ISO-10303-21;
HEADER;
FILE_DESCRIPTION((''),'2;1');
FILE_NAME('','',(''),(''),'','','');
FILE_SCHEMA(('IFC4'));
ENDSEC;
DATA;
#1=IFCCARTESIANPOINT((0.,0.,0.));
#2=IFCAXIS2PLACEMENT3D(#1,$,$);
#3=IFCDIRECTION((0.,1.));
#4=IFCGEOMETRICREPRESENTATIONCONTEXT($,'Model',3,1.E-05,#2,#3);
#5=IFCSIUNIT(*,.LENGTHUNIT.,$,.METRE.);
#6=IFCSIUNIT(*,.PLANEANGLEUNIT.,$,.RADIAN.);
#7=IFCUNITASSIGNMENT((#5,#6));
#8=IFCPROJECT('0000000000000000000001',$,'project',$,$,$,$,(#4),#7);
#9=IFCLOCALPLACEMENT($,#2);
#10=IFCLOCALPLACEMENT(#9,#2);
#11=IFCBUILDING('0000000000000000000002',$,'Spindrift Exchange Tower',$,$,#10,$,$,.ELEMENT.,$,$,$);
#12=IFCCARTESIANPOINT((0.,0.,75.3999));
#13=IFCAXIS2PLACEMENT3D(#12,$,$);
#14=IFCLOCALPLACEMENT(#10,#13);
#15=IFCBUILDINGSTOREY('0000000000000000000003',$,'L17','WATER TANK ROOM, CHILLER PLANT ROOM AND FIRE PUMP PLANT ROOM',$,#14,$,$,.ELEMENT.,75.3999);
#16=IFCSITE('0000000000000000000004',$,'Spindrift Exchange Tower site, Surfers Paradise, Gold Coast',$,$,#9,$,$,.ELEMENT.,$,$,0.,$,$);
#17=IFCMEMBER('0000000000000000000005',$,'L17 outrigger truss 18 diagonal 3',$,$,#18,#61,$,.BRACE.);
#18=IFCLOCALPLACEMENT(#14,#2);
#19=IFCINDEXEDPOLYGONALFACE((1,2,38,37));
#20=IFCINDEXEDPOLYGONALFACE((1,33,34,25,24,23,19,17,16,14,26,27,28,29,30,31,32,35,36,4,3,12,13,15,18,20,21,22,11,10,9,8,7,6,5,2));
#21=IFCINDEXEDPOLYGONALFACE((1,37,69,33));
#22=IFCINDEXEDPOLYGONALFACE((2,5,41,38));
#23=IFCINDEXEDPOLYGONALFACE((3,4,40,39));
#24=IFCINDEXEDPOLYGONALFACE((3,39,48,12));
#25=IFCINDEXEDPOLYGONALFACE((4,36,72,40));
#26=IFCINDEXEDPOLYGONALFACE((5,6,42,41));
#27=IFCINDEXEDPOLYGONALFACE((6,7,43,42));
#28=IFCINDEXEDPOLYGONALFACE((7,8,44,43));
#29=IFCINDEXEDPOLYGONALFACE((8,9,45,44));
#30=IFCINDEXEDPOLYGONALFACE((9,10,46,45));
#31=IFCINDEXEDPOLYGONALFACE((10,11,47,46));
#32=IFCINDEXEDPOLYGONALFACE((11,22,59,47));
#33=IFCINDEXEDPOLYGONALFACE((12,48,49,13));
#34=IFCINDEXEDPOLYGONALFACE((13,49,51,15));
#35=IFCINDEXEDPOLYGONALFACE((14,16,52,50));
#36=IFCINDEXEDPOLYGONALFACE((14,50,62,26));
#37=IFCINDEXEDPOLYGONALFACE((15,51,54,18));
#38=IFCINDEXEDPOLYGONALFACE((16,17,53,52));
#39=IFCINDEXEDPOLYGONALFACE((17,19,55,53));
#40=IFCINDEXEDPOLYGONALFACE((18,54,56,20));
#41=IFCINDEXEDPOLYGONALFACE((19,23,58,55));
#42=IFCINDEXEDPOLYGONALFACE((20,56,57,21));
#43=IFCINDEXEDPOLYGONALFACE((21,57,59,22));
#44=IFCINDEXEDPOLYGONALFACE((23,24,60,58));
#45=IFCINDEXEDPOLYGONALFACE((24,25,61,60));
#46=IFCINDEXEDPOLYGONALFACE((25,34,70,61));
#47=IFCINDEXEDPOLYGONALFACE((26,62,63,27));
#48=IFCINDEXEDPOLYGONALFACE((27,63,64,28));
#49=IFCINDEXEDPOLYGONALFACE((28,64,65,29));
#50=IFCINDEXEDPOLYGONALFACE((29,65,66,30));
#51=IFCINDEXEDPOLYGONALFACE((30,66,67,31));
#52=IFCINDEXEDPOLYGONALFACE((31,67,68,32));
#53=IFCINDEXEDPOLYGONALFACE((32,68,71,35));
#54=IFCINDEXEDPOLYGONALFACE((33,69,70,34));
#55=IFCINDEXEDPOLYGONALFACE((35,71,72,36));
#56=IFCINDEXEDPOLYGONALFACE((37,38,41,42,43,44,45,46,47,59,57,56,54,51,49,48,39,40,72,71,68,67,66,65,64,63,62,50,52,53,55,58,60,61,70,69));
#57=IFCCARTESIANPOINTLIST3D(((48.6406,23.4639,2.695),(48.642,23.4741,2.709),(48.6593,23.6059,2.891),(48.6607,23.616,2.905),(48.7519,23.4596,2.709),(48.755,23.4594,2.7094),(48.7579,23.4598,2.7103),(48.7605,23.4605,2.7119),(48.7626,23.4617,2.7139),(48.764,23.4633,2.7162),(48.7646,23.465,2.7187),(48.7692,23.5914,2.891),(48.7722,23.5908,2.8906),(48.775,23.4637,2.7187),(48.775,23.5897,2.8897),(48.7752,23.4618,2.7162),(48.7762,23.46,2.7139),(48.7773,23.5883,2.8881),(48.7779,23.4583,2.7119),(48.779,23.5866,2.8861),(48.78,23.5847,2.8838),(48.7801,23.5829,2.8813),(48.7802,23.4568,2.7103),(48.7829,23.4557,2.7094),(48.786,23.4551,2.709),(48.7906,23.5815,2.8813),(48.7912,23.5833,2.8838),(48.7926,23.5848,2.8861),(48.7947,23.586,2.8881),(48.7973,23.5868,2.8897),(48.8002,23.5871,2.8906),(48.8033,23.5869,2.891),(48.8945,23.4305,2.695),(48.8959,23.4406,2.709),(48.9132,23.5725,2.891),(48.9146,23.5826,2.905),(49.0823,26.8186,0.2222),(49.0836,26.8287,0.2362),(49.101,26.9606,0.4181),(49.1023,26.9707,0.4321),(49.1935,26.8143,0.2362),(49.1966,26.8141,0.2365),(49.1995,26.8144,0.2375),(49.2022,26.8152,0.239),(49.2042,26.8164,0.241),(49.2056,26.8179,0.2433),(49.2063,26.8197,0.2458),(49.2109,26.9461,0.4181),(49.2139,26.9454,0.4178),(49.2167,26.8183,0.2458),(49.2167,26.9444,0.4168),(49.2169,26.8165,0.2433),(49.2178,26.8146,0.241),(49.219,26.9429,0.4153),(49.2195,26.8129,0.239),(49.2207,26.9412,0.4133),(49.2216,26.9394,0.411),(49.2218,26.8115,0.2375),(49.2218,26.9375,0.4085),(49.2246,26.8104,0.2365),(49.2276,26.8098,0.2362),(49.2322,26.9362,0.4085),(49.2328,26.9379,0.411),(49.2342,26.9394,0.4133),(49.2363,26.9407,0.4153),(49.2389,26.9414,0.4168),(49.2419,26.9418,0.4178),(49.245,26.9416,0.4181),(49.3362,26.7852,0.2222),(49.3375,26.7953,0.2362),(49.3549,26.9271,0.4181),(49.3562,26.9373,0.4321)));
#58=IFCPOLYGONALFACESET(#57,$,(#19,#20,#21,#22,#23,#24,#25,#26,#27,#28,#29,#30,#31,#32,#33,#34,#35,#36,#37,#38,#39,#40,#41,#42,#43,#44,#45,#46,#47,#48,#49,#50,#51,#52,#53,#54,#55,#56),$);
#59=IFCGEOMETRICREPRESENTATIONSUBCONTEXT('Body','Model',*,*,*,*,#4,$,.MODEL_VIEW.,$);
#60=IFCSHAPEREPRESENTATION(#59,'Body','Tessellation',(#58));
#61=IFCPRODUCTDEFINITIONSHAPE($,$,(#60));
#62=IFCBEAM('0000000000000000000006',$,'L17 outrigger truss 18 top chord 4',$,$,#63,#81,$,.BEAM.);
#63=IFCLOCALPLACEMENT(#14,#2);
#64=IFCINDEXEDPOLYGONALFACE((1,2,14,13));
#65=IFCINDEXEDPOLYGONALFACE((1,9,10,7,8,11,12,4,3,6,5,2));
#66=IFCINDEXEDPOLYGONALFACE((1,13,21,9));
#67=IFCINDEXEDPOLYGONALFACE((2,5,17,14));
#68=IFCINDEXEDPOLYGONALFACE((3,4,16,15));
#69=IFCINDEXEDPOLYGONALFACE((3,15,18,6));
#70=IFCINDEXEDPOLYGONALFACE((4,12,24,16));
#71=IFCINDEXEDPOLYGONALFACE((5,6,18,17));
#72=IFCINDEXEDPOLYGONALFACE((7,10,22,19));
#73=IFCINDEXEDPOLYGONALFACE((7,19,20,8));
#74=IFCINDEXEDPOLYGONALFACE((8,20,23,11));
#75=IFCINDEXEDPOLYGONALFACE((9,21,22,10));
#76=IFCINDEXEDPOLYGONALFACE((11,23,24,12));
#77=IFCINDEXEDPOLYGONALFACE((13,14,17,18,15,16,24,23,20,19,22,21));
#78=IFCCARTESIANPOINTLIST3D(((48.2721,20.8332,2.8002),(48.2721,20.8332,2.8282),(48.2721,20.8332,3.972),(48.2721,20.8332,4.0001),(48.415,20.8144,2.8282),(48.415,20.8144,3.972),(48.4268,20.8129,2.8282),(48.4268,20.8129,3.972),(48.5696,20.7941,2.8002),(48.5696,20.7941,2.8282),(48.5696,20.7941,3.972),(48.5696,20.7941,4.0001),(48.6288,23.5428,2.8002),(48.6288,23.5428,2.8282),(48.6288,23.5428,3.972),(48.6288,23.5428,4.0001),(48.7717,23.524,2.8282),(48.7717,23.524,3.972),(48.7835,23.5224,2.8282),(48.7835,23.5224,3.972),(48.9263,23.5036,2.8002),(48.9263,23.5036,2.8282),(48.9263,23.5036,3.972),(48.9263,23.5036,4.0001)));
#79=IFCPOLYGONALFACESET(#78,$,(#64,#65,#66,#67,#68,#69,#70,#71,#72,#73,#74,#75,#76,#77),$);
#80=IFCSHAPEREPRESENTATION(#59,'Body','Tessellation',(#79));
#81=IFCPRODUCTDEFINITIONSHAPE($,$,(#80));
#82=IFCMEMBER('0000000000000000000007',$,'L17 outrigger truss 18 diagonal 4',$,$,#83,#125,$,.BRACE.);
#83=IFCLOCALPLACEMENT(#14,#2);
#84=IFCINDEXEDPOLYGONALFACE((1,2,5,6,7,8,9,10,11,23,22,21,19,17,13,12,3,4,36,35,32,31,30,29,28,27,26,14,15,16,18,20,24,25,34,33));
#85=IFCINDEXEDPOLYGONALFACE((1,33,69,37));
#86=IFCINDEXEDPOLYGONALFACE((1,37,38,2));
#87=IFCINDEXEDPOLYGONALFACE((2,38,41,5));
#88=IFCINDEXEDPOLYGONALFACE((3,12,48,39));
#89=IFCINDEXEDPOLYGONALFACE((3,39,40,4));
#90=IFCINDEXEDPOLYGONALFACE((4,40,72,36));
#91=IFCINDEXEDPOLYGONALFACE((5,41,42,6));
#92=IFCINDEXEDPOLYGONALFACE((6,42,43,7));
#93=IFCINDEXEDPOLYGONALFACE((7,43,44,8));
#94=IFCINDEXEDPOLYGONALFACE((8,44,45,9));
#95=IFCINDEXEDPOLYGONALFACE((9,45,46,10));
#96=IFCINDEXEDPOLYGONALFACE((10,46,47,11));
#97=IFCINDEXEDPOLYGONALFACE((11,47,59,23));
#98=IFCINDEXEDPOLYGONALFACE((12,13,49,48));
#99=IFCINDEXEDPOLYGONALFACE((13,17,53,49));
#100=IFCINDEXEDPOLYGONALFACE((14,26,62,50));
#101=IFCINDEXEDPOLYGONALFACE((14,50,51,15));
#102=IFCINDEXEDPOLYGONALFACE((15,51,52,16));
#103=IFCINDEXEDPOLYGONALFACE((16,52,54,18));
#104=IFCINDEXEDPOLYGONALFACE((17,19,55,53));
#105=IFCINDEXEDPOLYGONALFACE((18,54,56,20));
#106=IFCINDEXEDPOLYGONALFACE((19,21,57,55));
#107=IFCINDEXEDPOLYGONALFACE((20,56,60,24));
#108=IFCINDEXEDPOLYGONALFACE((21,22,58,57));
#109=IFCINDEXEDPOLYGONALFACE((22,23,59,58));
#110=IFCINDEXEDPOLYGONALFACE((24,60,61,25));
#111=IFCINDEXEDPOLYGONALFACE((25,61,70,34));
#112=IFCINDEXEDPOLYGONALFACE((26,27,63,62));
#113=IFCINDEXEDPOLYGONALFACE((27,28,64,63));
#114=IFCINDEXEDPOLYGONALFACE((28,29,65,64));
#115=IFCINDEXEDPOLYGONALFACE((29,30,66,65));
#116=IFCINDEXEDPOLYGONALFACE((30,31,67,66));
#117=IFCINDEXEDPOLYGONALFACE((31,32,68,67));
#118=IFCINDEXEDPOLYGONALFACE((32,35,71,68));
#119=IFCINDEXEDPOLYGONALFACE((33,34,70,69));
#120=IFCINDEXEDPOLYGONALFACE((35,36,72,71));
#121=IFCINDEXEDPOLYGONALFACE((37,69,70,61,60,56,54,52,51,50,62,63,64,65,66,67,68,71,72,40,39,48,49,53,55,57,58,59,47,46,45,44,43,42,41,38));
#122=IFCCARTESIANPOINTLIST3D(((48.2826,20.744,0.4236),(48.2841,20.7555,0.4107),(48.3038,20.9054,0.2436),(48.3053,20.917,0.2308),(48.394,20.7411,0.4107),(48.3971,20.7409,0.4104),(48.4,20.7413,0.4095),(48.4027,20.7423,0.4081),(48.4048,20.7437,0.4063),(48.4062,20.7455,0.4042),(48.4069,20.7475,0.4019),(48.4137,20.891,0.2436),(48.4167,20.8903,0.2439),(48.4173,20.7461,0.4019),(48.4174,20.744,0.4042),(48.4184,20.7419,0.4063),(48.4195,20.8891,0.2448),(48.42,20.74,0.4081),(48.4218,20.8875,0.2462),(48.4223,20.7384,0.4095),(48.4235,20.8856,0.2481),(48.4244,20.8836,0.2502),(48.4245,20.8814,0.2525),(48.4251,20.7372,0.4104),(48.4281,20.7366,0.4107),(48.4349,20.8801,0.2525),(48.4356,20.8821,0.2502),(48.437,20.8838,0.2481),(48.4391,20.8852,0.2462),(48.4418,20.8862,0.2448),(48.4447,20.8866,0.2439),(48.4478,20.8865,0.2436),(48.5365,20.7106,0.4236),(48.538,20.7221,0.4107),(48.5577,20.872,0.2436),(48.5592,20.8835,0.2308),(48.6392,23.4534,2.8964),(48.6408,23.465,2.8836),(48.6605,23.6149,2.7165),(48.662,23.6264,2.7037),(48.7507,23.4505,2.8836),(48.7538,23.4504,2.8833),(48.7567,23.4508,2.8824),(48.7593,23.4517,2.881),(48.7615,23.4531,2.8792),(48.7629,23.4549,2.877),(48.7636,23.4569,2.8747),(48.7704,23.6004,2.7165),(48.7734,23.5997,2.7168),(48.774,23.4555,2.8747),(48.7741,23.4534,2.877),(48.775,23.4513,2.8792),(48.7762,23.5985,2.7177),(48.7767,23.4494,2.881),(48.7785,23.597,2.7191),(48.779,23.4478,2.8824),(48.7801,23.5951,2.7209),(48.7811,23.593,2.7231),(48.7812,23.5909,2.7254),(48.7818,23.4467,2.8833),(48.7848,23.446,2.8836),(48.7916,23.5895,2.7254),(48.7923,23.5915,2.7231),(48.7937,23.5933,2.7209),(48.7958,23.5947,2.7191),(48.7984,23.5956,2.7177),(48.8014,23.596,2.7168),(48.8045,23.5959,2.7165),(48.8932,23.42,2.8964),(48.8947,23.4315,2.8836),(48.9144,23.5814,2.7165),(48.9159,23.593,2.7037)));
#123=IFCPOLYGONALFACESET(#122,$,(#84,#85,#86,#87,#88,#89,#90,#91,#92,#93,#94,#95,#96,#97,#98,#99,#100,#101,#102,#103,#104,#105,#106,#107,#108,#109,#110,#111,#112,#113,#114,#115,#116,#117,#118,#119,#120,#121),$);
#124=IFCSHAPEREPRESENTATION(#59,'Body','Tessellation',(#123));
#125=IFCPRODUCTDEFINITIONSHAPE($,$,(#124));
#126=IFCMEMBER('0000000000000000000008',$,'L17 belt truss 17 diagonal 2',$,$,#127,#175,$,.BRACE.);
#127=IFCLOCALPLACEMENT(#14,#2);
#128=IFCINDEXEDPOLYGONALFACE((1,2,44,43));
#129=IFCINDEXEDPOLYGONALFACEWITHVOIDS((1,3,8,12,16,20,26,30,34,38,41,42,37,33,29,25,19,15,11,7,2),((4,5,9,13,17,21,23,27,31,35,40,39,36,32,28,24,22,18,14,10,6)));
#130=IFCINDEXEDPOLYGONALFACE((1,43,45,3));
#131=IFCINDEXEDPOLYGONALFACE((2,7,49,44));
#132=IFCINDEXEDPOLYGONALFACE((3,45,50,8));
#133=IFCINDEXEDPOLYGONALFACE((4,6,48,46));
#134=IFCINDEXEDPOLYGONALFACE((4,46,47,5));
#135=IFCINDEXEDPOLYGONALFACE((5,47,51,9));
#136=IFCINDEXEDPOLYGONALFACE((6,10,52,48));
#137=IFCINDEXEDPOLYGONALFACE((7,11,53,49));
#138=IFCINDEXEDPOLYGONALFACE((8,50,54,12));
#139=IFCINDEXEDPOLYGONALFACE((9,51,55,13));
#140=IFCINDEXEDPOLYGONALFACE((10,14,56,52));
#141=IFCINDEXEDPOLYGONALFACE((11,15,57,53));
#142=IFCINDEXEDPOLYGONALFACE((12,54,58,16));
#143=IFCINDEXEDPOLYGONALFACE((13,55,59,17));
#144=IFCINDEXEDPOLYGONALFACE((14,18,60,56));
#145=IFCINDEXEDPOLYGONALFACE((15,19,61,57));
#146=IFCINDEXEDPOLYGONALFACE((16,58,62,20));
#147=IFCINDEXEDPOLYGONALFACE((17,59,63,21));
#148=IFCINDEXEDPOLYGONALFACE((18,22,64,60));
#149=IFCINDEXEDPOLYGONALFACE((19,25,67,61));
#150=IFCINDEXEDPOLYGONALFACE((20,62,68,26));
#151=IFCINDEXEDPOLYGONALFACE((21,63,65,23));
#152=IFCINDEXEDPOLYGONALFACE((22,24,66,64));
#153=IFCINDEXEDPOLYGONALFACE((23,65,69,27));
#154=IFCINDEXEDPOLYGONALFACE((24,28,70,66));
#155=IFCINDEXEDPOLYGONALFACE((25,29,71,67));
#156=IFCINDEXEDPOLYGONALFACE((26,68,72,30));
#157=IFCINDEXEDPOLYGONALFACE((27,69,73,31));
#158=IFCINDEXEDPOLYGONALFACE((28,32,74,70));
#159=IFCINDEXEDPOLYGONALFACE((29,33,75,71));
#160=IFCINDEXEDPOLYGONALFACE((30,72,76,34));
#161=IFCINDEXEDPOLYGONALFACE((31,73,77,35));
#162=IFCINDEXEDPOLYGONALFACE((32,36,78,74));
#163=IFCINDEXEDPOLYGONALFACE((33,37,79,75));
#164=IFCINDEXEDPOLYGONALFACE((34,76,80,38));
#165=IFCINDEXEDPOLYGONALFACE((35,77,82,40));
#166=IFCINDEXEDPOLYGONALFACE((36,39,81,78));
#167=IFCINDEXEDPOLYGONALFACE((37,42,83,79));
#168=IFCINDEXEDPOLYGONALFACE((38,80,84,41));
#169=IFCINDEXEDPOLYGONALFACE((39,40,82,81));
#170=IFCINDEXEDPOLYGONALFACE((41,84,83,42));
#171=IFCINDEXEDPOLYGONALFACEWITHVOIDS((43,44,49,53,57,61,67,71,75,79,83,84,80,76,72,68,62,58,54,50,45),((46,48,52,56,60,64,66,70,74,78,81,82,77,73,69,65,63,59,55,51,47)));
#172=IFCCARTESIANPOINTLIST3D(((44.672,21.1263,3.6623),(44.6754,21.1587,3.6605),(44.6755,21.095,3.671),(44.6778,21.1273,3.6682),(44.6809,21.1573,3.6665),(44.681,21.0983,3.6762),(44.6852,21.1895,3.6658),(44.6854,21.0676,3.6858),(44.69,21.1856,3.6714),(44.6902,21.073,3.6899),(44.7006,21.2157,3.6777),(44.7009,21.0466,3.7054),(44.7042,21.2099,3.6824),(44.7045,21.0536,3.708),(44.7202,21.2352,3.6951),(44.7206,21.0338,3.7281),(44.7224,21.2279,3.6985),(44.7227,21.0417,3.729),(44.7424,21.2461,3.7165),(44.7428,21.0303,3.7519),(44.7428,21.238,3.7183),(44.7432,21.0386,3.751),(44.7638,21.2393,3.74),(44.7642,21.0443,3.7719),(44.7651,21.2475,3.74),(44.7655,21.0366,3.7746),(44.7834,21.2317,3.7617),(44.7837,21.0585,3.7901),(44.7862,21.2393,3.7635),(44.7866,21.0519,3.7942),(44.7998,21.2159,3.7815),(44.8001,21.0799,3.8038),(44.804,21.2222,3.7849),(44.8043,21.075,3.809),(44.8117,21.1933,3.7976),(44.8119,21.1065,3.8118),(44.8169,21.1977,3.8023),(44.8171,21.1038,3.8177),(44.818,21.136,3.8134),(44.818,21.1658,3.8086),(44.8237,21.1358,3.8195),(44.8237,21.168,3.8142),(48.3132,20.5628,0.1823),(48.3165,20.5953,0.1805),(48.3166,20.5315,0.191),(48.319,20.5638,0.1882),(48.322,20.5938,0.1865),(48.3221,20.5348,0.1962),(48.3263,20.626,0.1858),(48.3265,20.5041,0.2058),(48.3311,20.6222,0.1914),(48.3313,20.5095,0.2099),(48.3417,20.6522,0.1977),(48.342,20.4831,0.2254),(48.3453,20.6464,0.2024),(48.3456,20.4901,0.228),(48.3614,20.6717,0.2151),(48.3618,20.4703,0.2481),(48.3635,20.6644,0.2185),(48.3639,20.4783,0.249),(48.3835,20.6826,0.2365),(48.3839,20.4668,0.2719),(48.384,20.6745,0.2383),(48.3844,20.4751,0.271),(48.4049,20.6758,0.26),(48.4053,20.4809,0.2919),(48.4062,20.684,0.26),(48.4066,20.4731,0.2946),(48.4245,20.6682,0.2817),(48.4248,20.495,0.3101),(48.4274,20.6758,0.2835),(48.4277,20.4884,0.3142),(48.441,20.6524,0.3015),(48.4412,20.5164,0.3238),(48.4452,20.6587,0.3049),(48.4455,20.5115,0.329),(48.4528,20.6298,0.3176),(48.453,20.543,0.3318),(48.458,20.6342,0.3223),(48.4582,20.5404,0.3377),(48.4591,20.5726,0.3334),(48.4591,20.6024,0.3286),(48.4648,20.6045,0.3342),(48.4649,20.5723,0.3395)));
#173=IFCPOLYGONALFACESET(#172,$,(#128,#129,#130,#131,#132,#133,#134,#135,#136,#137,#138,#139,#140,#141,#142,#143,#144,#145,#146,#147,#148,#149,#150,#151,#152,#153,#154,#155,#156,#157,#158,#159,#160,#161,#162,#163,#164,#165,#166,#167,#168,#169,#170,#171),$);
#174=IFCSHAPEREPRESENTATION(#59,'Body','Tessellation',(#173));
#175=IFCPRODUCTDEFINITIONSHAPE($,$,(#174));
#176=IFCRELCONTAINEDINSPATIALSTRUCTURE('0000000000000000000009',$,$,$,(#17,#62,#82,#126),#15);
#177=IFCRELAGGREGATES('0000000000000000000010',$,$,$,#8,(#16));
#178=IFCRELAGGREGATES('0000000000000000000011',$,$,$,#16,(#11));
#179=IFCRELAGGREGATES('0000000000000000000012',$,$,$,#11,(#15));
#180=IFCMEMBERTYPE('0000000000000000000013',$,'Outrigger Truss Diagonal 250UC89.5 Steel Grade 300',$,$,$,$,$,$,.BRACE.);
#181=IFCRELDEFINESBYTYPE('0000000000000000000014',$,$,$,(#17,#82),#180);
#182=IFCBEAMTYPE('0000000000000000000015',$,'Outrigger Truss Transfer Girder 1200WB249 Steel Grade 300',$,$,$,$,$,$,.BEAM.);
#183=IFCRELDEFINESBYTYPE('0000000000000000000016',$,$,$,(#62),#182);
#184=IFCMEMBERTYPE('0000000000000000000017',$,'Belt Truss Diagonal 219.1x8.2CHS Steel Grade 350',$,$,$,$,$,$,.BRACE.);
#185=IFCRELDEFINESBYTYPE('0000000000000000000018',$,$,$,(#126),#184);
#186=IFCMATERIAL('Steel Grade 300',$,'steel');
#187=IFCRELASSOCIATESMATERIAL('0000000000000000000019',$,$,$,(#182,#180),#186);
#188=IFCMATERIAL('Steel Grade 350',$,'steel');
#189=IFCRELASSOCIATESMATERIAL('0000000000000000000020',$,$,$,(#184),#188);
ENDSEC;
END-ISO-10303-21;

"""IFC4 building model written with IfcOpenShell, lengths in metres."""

from ifc_helpers import new_model, si_unit, direction, frame, origin, origin_2d, place, context, subcontext, project, spatial, hollow_circle, i_section, extrude, source, transform, mapped, material, material_profile, profile_set, type_object, element, save


model = new_model("IFC4")

# Units and contexts
model_context = context("Model", 3, precision=1e-05, world=origin(), true_north=direction((0.0, 1.0)))
body_context = subcontext(model_context, "Body", "Model", "MODEL_VIEW")
ifc_project = project(units=[si_unit("LENGTHUNIT", "METRE"), si_unit("PLANEANGLEUNIT", "RADIAN")], contexts=[model_context])

# Site, building, storey
site_placement = place(None, origin())
site = spatial("IfcSite", under=ifc_project, at=site_placement, Name="Spindrift Exchange Tower site, Surfers Paradise, Gold Coast", CompositionType="ELEMENT", RefElevation=0.0)
building_placement = place(site_placement, origin())
building = spatial("IfcBuilding", under=site, at=building_placement, Name="Spindrift Exchange Tower", CompositionType="ELEMENT")
storey_placement = place(building_placement, frame((0.0, 0.0, 75.3999)))
storey = spatial("IfcBuildingStorey", under=building, at=storey_placement, Name="L17", Description="WATER TANK ROOM, CHILLER PLANT ROOM AND FIRE PUMP PLANT ROOM", CompositionType="ELEMENT", Elevation=75.3999)

# Shared definitions
ifc_material_1 = material(Name="Steel Grade 300", Category="steel")

# Shared definitions
ifc_material_profile_1 = material_profile(ifc_material_1, i_section(OverallWidth=0.3, OverallDepth=1.2, WebThickness=0.012, FlangeThickness=0.0281, at=origin_2d()), Name="1200WB249")
ifc_profile_set_1 = profile_set([ifc_material_profile_1], Name="Steel Grade 300")
beam_type_1 = type_object("IfcBeamType", Name="Outrigger Truss Transfer Girder 1200WB249 Steel Grade 300", PredefinedType="BEAM", material=ifc_profile_set_1)

# Member
ifc_material_profile_2 = material_profile(ifc_material_1, i_section(OverallWidth=0.2561, OverallDepth=0.26, WebThickness=0.0105, FlangeThickness=0.0173, FilletRadius=0.012, at=origin_2d()), Name="250UC89.5")
ifc_profile_set_2 = profile_set([ifc_material_profile_2], Name="Steel Grade 300")
member_type_1 = type_object("IfcMemberType", Name="Outrigger Truss Diagonal 250UC89.5 Steel Grade 300", PredefinedType="BRACE", material=ifc_profile_set_2)
shared_shape_1 = source(origin(), body_context, "Body", "SweptSolid", [
    extrude(i_section(OverallWidth=0.2561, OverallDepth=0.26, WebThickness=0.0105, FlangeThickness=0.0173, FilletRadius=0.012, at=origin_2d()), origin(), (0.0, 0.0, 1.0), 4.1909),
])
member_1_placement = place(storey_placement, frame((49.2192, 26.8779, 0.3271), z_axis=(-0.10538, -0.800461, 0.590049), x_axis=(0.991445, -0.130524, 0.0)))
element("IfcMember", 1, at=member_1_placement, inside=storey, type_object=member_type_1, Name="L17 outrigger truss 18 diagonal 3", PredefinedType="BRACE", context=body_context, shape_type="MappedRepresentation", body=[
    mapped(shared_shape_1, transform((0.0, 0.0, 0.0), scale=1.0)),
])

# Beam
shared_shape_2 = source(origin(), body_context, "Body", "SweptSolid", [
    extrude(i_section(OverallWidth=0.3, OverallDepth=1.2, WebThickness=0.012, FlangeThickness=0.0281, at=origin_2d()), origin(), (0.0, 0.0, 1.0), 2.7329),
])
beam_1_placement = place(storey_placement, frame((48.7776, 23.5232, 3.4001), z_axis=(-0.130519, -0.991446, 0.0), x_axis=(0.991446, -0.130519, 0.0)))
element("IfcBeam", 2, at=beam_1_placement, inside=storey, type_object=beam_type_1, Name="L17 outrigger truss 18 top chord 4", PredefinedType="BEAM", context=body_context, shape_type="MappedRepresentation", body=[
    mapped(shared_shape_2, transform((0.0, 0.0, 0.0), scale=1.0)),
])

# Members
shared_shape_3 = source(origin(), body_context, "Body", "SweptSolid", [
    extrude(i_section(OverallWidth=0.2561, OverallDepth=0.26, WebThickness=0.0105, FlangeThickness=0.0173, FilletRadius=0.012, at=origin_2d()), origin(), (0.0, 0.0, 1.0), 3.6855),
])
member_2_placement = place(storey_placement, frame((48.7776, 23.5232, 2.8), z_axis=(-0.096779, -0.735149, -0.670961), x_axis=(0.991446, -0.130519, 0.0)))
element("IfcMember", 3, at=member_2_placement, inside=storey, type_object=member_type_1, Name="L17 outrigger truss 18 diagonal 4", PredefinedType="BRACE", context=body_context, shape_type="MappedRepresentation", body=[
    mapped(shared_shape_3, transform((0.0, 0.0, 0.0), scale=1.0)),
])
ifc_material_2 = material(Name="Steel Grade 350", Category="steel")
ifc_material_profile_3 = material_profile(ifc_material_2, hollow_circle(Radius=0.1096, WallThickness=0.0083, at=origin_2d()), Name="219.1x8.2CHS")
ifc_profile_set_3 = profile_set([ifc_material_profile_3], Name="Steel Grade 350")
member_type_2 = type_object("IfcMemberType", Name="Belt Truss Diagonal 219.1x8.2CHS Steel Grade 350", PredefinedType="BRACE", material=ifc_profile_set_3)
shared_shape_4 = source(origin(), body_context, "Body", "SweptSolid", [
    extrude(hollow_circle(Radius=0.1096, WallThickness=0.0083, at=origin_2d()), origin(), (0.0, 0.0, 1.0), 5.0681),
])
member_3_placement = place(storey_placement, frame((44.7483, 21.1392, 3.74), z_axis=(0.71844, -0.111181, -0.686646), x_axis=(0.152933, 0.988236, 0.0)))
element("IfcMember", 4, at=member_3_placement, inside=storey, type_object=member_type_2, Name="L17 belt truss 17 diagonal 2", PredefinedType="BRACE", context=body_context, shape_type="MappedRepresentation", body=[
    mapped(shared_shape_4, transform((0.0, 0.0, 0.0), scale=1.0)),
])

save(model, "model.ifc")
